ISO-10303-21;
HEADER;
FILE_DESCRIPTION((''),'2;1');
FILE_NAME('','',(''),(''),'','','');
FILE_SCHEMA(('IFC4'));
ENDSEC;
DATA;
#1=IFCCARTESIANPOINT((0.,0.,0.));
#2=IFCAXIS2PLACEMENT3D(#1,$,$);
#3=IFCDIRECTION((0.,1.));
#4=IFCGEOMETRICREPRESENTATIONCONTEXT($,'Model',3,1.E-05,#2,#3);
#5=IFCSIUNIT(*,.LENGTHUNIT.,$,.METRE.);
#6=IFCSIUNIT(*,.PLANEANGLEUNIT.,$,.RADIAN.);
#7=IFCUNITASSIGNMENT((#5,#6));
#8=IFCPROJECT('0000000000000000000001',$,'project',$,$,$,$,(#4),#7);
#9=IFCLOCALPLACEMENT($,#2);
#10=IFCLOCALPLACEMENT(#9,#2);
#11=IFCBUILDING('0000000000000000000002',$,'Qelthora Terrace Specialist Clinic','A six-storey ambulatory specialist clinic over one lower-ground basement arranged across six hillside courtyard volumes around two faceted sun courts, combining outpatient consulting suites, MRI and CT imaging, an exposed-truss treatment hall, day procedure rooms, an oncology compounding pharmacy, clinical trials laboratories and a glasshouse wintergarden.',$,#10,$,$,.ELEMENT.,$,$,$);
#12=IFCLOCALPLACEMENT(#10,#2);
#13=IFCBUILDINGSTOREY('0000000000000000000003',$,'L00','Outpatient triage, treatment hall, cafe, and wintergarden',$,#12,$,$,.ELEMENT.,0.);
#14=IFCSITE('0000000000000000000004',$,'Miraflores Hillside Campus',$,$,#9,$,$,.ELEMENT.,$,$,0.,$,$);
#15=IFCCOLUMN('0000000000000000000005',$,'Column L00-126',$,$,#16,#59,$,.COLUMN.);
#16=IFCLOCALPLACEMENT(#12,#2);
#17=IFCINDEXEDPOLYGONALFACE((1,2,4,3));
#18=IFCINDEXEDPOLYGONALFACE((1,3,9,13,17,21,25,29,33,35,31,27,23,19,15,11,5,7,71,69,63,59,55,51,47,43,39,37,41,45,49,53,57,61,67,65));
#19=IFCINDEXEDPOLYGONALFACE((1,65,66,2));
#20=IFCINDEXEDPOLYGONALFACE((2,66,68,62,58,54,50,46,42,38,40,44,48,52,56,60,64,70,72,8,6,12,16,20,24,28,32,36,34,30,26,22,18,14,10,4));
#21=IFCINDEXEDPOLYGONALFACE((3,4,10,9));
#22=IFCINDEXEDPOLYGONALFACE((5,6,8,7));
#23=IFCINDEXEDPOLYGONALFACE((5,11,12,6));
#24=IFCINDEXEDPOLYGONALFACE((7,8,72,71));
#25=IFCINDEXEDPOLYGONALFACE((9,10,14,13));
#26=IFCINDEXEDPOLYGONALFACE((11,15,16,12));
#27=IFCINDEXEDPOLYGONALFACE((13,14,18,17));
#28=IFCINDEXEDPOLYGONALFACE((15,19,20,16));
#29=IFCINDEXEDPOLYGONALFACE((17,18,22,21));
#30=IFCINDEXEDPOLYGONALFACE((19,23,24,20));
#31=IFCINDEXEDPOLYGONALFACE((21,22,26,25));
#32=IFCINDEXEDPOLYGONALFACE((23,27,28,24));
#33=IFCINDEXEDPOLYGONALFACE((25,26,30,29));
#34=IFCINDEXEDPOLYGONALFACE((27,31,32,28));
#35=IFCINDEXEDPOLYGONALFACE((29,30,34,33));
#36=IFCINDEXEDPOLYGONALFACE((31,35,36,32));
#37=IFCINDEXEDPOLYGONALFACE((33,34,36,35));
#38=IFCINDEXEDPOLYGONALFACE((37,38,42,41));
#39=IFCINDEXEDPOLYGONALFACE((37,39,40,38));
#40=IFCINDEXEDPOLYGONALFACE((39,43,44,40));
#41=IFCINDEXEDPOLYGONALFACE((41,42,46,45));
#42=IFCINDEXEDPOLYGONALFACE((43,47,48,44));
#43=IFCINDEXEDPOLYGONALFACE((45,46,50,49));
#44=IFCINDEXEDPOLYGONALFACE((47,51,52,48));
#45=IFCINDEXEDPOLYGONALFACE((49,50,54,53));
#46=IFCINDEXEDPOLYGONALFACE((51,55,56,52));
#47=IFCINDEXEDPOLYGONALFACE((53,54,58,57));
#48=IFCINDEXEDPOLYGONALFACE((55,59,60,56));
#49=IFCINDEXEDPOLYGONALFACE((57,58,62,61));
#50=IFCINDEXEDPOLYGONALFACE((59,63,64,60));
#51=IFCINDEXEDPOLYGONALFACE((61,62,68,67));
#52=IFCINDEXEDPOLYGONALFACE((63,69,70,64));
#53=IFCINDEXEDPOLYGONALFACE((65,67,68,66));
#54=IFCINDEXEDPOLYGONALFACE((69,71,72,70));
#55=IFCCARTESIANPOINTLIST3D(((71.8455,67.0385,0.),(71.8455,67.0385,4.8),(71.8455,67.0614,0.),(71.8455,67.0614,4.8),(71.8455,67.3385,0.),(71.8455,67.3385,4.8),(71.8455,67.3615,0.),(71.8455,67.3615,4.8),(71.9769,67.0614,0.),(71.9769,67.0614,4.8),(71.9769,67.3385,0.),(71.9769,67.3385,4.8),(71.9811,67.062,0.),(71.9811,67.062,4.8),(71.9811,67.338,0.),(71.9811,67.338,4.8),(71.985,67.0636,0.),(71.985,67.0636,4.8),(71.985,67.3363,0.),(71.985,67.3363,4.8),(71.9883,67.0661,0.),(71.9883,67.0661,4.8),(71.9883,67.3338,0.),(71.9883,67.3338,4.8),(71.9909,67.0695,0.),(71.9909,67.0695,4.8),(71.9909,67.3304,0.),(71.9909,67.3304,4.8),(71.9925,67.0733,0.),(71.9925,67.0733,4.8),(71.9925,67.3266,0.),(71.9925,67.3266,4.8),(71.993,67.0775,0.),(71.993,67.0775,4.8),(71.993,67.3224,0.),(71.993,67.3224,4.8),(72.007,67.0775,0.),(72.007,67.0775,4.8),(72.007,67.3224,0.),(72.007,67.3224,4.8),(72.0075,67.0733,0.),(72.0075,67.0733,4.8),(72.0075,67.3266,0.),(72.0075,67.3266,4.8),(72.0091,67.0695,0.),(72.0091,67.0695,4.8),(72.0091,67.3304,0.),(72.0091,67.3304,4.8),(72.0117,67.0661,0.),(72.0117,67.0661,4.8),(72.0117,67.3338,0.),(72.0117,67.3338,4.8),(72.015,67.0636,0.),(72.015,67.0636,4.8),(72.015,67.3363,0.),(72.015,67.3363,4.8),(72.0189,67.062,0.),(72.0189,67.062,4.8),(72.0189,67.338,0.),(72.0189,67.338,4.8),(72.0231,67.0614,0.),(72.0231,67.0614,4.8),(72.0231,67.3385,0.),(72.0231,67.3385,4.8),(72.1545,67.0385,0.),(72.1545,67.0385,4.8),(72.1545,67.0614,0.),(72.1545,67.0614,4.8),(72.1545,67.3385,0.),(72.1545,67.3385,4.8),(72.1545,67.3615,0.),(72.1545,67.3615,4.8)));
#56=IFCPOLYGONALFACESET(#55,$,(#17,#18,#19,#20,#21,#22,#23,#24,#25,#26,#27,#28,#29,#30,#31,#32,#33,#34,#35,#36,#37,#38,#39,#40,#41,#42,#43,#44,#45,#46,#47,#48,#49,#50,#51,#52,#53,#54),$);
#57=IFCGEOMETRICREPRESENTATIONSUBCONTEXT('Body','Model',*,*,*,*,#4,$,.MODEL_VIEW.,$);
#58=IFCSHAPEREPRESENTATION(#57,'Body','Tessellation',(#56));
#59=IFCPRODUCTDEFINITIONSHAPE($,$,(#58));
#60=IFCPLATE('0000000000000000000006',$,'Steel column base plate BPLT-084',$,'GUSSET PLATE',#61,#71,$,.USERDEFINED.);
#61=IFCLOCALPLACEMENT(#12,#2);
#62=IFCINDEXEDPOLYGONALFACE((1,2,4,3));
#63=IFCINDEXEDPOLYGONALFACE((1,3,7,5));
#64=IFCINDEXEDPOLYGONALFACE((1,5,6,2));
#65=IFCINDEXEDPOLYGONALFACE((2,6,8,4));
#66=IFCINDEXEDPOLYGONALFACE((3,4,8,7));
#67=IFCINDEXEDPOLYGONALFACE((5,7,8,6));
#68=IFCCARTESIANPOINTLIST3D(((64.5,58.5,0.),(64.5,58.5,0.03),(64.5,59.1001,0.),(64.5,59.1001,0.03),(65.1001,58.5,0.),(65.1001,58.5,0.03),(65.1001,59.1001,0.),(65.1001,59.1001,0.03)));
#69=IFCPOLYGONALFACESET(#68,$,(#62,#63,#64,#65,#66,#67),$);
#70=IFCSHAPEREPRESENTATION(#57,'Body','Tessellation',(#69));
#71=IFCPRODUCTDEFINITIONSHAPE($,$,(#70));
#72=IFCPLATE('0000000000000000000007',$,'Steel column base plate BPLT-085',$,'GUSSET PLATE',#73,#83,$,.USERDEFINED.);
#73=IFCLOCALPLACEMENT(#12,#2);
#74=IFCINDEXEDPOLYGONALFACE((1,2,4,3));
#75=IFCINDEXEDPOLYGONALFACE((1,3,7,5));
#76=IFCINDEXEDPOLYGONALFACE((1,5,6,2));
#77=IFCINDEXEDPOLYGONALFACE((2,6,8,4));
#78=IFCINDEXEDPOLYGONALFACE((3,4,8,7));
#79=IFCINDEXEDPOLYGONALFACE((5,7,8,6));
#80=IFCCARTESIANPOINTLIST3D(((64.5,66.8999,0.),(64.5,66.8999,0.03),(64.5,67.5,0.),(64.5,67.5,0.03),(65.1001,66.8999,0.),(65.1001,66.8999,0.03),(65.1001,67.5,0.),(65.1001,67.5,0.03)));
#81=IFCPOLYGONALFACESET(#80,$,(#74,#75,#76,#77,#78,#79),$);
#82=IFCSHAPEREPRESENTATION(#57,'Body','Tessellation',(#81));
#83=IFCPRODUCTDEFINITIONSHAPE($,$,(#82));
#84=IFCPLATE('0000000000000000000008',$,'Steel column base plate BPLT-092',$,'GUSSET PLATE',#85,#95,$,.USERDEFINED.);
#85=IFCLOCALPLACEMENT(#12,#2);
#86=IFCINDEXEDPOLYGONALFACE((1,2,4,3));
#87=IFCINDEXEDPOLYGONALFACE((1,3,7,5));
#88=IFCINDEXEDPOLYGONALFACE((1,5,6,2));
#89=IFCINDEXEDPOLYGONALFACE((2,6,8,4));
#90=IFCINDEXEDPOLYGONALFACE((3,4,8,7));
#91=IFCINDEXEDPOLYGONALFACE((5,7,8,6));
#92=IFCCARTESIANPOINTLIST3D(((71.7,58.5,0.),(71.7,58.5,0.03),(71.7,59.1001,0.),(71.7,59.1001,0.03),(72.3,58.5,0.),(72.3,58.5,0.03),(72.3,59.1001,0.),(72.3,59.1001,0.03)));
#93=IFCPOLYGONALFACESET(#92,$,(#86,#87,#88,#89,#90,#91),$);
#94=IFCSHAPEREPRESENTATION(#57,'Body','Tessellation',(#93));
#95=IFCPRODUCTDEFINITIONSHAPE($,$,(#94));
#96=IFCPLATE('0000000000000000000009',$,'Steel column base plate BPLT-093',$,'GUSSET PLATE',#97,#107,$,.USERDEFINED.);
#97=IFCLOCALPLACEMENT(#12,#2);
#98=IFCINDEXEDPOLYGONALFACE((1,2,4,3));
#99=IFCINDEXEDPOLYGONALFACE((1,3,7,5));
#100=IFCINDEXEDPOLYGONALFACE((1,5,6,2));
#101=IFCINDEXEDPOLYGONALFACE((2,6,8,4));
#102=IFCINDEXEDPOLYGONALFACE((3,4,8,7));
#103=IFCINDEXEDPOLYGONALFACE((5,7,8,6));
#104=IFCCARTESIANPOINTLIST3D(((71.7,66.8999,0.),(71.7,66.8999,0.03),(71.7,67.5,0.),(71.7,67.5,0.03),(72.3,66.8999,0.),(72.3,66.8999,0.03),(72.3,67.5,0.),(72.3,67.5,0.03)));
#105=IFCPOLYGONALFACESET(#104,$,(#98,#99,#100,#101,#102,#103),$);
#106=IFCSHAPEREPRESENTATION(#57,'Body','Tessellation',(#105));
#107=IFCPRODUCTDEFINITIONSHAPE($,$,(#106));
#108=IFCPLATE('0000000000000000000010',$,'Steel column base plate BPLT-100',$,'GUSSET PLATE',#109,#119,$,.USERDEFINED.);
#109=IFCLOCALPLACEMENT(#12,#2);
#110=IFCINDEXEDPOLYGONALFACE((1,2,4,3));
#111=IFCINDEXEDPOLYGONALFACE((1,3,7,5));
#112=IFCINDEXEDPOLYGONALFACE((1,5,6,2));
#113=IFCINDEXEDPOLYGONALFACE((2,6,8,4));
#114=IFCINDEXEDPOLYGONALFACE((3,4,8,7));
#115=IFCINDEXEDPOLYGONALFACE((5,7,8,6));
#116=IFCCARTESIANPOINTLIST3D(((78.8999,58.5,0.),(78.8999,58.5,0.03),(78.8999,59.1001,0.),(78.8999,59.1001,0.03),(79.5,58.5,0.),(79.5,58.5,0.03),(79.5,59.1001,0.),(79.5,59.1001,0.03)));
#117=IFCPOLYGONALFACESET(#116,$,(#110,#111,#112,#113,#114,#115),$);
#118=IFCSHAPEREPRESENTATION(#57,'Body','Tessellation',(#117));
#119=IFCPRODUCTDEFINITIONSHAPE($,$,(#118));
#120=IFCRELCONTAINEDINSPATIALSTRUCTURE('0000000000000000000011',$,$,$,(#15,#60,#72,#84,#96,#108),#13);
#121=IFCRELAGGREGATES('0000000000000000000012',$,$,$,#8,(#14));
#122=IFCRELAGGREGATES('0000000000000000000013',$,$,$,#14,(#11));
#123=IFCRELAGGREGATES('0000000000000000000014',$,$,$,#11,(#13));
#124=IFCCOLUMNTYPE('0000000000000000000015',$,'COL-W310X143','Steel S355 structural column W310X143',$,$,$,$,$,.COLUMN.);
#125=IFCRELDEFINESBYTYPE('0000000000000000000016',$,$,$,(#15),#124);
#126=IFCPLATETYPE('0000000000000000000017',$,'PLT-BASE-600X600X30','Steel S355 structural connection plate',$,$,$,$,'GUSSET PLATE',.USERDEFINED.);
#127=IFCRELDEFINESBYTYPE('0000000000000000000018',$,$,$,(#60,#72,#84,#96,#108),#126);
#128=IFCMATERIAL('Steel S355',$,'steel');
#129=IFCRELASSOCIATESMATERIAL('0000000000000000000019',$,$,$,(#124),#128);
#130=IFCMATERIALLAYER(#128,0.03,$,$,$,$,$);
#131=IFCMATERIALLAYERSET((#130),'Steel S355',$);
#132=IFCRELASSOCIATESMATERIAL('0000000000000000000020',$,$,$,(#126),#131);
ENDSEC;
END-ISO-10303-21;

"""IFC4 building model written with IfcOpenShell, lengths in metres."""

from ifc_helpers import new_model, si_unit, direction, frame, origin, origin_2d, place, context, subcontext, project, spatial, rectangle, i_section, extrude, material, layer, layer_set, material_profile, profile_set, type_object, element, save


model = new_model("IFC4")

# Units and contexts
model_context = context("Model", 3, precision=1e-05, world=origin(), true_north=direction((0.0, 1.0)))
body_context = subcontext(model_context, "Body", "Model", "MODEL_VIEW")
ifc_project = project(units=[si_unit("LENGTHUNIT", "METRE"), si_unit("PLANEANGLEUNIT", "RADIAN")], contexts=[model_context])

# Site, building, storey
site_placement = place(None, origin())
site = spatial("IfcSite", under=ifc_project, at=site_placement, Name="Miraflores Hillside Campus", CompositionType="ELEMENT", RefElevation=0.0)
building_placement = place(site_placement, origin())
building = spatial("IfcBuilding", under=site, at=building_placement, Name="Qelthora Terrace Specialist Clinic", Description="A six-storey ambulatory specialist clinic over one lower-ground basement arranged across six hillside courtyard volumes around two faceted sun courts, combining outpatient consulting suites, MRI and CT imaging, an exposed-truss treatment hall, day procedure rooms, an oncology compounding pharmacy, clinical trials laboratories and a glasshouse wintergarden.", CompositionType="ELEMENT")
storey_placement = place(building_placement, origin())
storey = spatial("IfcBuildingStorey", under=building, at=storey_placement, Name="L00", Description="Outpatient triage, treatment hall, cafe, and wintergarden", CompositionType="ELEMENT", Elevation=0.0)

# Column
ifc_material_1 = material(Name="Steel S355", Category="steel")
ifc_material_profile_1 = material_profile(ifc_material_1, i_section(OverallWidth=0.3091, OverallDepth=0.323, WebThickness=0.0139, FlangeThickness=0.0229, FilletRadius=0.0161, at=origin_2d()), Name="W310X143")
ifc_profile_set_1 = profile_set([ifc_material_profile_1], Name="Steel S355")
column_type_1 = type_object("IfcColumnType", Name="COL-W310X143", Description="Steel S355 structural column W310X143", PredefinedType="COLUMN", material=ifc_profile_set_1)
for number, where, z_axis, x_axis, name in (
    (1, (72.0, 67.2, 0.0), (0.0, 0.0, 1.0), (1.0, 0.0, 0.0), "Column L00-126"),
):
    element("IfcColumn", number, at=place(storey_placement, frame(where, z_axis=z_axis, x_axis=x_axis)), inside=storey, type_object=column_type_1, Name=name, PredefinedType="COLUMN", context=body_context, shape_type="SweptSolid", body=[
        extrude(i_section(OverallWidth=0.3091, OverallDepth=0.323, WebThickness=0.0139, FlangeThickness=0.0229, FilletRadius=0.0161, at=origin_2d()), origin(), (0.0, 0.0, 1.0), 4.8),
    ])

# Plates
ifc_layer_1 = layer(ifc_material_1, 0.03)
ifc_layer_set_1 = layer_set([ifc_layer_1], Name="Steel S355")
plate_type = type_object("IfcPlateType", Name="PLT-BASE-600X600X30", Description="Steel S355 structural connection plate", ElementType="GUSSET PLATE", PredefinedType="USERDEFINED", material=ifc_layer_set_1)
for number, where, z_axis, x_axis, name in (
    (2, (64.8, 58.8, 0.0), (0.0, 0.0, 1.0), (1.0, 0.0, 0.0), "Steel column base plate BPLT-084"),
    (3, (64.8, 67.2, 0.0), (0.0, 0.0, 1.0), (1.0, 0.0, 0.0), "Steel column base plate BPLT-085"),
    (4, (72.0, 58.8, 0.0), (0.0, 0.0, 1.0), (1.0, 0.0, 0.0), "Steel column base plate BPLT-092"),
    (5, (72.0, 67.2, 0.0), (0.0, 0.0, 1.0), (1.0, 0.0, 0.0), "Steel column base plate BPLT-093"),
    (6, (79.2, 58.8, 0.0), (0.0, 0.0, 1.0), (1.0, 0.0, 0.0), "Steel column base plate BPLT-100"),
):
    element("IfcPlate", number, at=place(storey_placement, frame(where, z_axis=z_axis, x_axis=x_axis)), inside=storey, type_object=plate_type, Name=name, ObjectType="GUSSET PLATE", PredefinedType="USERDEFINED", context=body_context, shape_type="SweptSolid", body=[
        extrude(rectangle(XDim=0.6001, YDim=0.6001, at=origin_2d()), origin(), (0.0, 0.0, 1.0), 0.03),
    ])

save(model, "model.ifc")
